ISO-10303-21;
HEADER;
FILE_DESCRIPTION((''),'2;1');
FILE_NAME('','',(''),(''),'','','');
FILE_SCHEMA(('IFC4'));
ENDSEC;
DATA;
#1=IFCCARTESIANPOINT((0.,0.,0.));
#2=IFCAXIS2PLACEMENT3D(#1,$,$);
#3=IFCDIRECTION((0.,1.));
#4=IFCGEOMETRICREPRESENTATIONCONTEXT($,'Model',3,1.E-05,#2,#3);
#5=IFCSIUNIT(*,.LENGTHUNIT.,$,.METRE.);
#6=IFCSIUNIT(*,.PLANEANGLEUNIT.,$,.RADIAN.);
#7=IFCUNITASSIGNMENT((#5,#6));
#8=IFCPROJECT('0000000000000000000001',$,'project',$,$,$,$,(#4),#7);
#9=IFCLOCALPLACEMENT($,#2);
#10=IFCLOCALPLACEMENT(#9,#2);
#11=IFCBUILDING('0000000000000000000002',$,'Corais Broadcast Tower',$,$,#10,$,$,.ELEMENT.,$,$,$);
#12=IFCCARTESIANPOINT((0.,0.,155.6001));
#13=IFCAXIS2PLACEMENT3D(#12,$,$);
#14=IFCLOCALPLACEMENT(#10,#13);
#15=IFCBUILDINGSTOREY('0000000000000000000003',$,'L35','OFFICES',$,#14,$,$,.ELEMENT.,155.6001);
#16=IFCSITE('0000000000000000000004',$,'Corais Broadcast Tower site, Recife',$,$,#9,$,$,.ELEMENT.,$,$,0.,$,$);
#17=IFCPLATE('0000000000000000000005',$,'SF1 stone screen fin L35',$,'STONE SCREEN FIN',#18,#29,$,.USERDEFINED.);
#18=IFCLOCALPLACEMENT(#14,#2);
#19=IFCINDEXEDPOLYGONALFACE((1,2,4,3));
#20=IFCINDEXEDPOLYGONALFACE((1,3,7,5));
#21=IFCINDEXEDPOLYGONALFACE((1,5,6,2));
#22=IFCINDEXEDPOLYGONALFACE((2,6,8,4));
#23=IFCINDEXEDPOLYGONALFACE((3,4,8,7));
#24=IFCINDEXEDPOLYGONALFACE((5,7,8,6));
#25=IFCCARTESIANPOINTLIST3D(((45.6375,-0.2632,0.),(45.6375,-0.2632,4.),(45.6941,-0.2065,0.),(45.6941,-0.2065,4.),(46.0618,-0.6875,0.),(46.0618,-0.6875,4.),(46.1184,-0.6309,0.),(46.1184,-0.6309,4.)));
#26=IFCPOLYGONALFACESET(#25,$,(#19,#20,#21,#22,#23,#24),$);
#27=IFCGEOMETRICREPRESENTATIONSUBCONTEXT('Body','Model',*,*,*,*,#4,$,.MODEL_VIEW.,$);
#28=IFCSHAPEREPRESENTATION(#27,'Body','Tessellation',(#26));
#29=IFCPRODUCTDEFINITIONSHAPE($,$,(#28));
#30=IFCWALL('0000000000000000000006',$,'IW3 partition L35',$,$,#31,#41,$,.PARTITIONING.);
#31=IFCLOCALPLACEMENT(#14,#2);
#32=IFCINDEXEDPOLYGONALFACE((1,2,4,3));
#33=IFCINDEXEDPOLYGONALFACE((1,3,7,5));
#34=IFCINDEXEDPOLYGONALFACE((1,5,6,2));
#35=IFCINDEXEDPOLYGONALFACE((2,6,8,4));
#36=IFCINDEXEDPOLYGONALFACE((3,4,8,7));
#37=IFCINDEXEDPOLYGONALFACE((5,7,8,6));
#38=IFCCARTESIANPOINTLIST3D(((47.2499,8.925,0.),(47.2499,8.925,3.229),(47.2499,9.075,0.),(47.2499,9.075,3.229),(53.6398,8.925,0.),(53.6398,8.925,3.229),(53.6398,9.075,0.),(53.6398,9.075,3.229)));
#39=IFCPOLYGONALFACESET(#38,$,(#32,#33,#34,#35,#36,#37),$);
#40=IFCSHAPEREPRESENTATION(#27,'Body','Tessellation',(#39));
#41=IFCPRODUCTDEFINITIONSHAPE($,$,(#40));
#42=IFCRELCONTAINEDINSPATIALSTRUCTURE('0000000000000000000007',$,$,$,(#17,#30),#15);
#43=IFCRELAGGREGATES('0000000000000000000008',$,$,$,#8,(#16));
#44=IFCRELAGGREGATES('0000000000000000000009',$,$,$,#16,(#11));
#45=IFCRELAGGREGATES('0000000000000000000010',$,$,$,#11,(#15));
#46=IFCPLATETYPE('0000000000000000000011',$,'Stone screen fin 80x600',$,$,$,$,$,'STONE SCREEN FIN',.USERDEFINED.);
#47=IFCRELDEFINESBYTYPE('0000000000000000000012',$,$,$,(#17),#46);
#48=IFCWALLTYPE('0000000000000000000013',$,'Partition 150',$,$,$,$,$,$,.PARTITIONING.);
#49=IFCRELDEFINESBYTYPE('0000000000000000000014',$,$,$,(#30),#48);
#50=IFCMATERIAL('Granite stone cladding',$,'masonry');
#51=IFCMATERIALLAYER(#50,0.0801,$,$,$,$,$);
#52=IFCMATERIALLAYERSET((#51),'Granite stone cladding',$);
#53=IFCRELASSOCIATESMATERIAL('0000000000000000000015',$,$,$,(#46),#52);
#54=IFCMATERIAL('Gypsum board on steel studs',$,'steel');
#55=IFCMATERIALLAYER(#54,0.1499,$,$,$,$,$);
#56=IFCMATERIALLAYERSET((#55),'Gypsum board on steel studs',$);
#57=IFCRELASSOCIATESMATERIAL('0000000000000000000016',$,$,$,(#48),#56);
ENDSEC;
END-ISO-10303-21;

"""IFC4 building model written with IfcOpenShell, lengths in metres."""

from ifc_helpers import new_model, si_unit, direction, frame, frame_2d, origin, origin_2d, place, context, subcontext, project, spatial, rectangle, extrude, material, layer, layer_set, type_object, element, save


model = new_model("IFC4")

# Units and contexts
model_context = context("Model", 3, precision=1e-05, world=origin(), true_north=direction((0.0, 1.0)))
body_context = subcontext(model_context, "Body", "Model", "MODEL_VIEW")
ifc_project = project(units=[si_unit("LENGTHUNIT", "METRE"), si_unit("PLANEANGLEUNIT", "RADIAN")], contexts=[model_context])

# Site, building, storey
site_placement = place(None, origin())
site = spatial("IfcSite", under=ifc_project, at=site_placement, Name="Corais Broadcast Tower site, Recife", CompositionType="ELEMENT", RefElevation=0.0)
building_placement = place(site_placement, origin())
building = spatial("IfcBuilding", under=site, at=building_placement, Name="Corais Broadcast Tower", CompositionType="ELEMENT")
storey_placement = place(building_placement, frame((0.0, 0.0, 155.6001)))
storey = spatial("IfcBuildingStorey", under=building, at=storey_placement, Name="L35", Description="OFFICES", CompositionType="ELEMENT", Elevation=155.6001)

# Plate
ifc_material_1 = material(Name="Granite stone cladding", Category="masonry")
ifc_layer_1 = layer(ifc_material_1, 0.0801)
ifc_layer_set_1 = layer_set([ifc_layer_1], Name="Granite stone cladding")
plate_type_1 = type_object("IfcPlateType", Name="Stone screen fin 80x600", ElementType="STONE SCREEN FIN", PredefinedType="USERDEFINED", material=ifc_layer_set_1)
for number, where, z_axis, x_axis, name in (
    (1, (45.8779, -0.447, 0.0), (0.0, 0.0, 1.0), (-0.707107, -0.707107, 0.0), "SF1 stone screen fin L35"),
):
    element("IfcPlate", number, at=place(storey_placement, frame(where, z_axis=z_axis, x_axis=x_axis)), inside=storey, type_object=plate_type_1, Name=name, ObjectType="STONE SCREEN FIN", PredefinedType="USERDEFINED", context=body_context, shape_type="SweptSolid", body=[
        extrude(rectangle(XDim=0.0801, YDim=0.6001, at=origin_2d()), origin(), (0.0, 0.0, 1.0), 4.0),
    ])

# Wall
ifc_material_2 = material(Name="Gypsum board on steel studs", Category="steel")
ifc_layer_2 = layer(ifc_material_2, 0.1499)
ifc_layer_set_2 = layer_set([ifc_layer_2], Name="Gypsum board on steel studs")
wall_type = type_object("IfcWallType", Name="Partition 150", PredefinedType="PARTITIONING", material=ifc_layer_set_2)
wall_placement = place(storey_placement, frame((47.25, 9.0, 0.0), z_axis=(0.0, 0.0, 1.0), x_axis=(1.0, 0.0, 0.0)))
element("IfcWall", 2, at=wall_placement, inside=storey, type_object=wall_type, Name="IW3 partition L35", PredefinedType="PARTITIONING", context=body_context, shape_type="SweptSolid", body=[
    extrude(rectangle(XDim=6.3899, YDim=0.1499, at=frame_2d((3.1948, 0.0))), origin(), (0.0, 0.0, 1.0), 3.229),
])

save(model, "model.ifc")
